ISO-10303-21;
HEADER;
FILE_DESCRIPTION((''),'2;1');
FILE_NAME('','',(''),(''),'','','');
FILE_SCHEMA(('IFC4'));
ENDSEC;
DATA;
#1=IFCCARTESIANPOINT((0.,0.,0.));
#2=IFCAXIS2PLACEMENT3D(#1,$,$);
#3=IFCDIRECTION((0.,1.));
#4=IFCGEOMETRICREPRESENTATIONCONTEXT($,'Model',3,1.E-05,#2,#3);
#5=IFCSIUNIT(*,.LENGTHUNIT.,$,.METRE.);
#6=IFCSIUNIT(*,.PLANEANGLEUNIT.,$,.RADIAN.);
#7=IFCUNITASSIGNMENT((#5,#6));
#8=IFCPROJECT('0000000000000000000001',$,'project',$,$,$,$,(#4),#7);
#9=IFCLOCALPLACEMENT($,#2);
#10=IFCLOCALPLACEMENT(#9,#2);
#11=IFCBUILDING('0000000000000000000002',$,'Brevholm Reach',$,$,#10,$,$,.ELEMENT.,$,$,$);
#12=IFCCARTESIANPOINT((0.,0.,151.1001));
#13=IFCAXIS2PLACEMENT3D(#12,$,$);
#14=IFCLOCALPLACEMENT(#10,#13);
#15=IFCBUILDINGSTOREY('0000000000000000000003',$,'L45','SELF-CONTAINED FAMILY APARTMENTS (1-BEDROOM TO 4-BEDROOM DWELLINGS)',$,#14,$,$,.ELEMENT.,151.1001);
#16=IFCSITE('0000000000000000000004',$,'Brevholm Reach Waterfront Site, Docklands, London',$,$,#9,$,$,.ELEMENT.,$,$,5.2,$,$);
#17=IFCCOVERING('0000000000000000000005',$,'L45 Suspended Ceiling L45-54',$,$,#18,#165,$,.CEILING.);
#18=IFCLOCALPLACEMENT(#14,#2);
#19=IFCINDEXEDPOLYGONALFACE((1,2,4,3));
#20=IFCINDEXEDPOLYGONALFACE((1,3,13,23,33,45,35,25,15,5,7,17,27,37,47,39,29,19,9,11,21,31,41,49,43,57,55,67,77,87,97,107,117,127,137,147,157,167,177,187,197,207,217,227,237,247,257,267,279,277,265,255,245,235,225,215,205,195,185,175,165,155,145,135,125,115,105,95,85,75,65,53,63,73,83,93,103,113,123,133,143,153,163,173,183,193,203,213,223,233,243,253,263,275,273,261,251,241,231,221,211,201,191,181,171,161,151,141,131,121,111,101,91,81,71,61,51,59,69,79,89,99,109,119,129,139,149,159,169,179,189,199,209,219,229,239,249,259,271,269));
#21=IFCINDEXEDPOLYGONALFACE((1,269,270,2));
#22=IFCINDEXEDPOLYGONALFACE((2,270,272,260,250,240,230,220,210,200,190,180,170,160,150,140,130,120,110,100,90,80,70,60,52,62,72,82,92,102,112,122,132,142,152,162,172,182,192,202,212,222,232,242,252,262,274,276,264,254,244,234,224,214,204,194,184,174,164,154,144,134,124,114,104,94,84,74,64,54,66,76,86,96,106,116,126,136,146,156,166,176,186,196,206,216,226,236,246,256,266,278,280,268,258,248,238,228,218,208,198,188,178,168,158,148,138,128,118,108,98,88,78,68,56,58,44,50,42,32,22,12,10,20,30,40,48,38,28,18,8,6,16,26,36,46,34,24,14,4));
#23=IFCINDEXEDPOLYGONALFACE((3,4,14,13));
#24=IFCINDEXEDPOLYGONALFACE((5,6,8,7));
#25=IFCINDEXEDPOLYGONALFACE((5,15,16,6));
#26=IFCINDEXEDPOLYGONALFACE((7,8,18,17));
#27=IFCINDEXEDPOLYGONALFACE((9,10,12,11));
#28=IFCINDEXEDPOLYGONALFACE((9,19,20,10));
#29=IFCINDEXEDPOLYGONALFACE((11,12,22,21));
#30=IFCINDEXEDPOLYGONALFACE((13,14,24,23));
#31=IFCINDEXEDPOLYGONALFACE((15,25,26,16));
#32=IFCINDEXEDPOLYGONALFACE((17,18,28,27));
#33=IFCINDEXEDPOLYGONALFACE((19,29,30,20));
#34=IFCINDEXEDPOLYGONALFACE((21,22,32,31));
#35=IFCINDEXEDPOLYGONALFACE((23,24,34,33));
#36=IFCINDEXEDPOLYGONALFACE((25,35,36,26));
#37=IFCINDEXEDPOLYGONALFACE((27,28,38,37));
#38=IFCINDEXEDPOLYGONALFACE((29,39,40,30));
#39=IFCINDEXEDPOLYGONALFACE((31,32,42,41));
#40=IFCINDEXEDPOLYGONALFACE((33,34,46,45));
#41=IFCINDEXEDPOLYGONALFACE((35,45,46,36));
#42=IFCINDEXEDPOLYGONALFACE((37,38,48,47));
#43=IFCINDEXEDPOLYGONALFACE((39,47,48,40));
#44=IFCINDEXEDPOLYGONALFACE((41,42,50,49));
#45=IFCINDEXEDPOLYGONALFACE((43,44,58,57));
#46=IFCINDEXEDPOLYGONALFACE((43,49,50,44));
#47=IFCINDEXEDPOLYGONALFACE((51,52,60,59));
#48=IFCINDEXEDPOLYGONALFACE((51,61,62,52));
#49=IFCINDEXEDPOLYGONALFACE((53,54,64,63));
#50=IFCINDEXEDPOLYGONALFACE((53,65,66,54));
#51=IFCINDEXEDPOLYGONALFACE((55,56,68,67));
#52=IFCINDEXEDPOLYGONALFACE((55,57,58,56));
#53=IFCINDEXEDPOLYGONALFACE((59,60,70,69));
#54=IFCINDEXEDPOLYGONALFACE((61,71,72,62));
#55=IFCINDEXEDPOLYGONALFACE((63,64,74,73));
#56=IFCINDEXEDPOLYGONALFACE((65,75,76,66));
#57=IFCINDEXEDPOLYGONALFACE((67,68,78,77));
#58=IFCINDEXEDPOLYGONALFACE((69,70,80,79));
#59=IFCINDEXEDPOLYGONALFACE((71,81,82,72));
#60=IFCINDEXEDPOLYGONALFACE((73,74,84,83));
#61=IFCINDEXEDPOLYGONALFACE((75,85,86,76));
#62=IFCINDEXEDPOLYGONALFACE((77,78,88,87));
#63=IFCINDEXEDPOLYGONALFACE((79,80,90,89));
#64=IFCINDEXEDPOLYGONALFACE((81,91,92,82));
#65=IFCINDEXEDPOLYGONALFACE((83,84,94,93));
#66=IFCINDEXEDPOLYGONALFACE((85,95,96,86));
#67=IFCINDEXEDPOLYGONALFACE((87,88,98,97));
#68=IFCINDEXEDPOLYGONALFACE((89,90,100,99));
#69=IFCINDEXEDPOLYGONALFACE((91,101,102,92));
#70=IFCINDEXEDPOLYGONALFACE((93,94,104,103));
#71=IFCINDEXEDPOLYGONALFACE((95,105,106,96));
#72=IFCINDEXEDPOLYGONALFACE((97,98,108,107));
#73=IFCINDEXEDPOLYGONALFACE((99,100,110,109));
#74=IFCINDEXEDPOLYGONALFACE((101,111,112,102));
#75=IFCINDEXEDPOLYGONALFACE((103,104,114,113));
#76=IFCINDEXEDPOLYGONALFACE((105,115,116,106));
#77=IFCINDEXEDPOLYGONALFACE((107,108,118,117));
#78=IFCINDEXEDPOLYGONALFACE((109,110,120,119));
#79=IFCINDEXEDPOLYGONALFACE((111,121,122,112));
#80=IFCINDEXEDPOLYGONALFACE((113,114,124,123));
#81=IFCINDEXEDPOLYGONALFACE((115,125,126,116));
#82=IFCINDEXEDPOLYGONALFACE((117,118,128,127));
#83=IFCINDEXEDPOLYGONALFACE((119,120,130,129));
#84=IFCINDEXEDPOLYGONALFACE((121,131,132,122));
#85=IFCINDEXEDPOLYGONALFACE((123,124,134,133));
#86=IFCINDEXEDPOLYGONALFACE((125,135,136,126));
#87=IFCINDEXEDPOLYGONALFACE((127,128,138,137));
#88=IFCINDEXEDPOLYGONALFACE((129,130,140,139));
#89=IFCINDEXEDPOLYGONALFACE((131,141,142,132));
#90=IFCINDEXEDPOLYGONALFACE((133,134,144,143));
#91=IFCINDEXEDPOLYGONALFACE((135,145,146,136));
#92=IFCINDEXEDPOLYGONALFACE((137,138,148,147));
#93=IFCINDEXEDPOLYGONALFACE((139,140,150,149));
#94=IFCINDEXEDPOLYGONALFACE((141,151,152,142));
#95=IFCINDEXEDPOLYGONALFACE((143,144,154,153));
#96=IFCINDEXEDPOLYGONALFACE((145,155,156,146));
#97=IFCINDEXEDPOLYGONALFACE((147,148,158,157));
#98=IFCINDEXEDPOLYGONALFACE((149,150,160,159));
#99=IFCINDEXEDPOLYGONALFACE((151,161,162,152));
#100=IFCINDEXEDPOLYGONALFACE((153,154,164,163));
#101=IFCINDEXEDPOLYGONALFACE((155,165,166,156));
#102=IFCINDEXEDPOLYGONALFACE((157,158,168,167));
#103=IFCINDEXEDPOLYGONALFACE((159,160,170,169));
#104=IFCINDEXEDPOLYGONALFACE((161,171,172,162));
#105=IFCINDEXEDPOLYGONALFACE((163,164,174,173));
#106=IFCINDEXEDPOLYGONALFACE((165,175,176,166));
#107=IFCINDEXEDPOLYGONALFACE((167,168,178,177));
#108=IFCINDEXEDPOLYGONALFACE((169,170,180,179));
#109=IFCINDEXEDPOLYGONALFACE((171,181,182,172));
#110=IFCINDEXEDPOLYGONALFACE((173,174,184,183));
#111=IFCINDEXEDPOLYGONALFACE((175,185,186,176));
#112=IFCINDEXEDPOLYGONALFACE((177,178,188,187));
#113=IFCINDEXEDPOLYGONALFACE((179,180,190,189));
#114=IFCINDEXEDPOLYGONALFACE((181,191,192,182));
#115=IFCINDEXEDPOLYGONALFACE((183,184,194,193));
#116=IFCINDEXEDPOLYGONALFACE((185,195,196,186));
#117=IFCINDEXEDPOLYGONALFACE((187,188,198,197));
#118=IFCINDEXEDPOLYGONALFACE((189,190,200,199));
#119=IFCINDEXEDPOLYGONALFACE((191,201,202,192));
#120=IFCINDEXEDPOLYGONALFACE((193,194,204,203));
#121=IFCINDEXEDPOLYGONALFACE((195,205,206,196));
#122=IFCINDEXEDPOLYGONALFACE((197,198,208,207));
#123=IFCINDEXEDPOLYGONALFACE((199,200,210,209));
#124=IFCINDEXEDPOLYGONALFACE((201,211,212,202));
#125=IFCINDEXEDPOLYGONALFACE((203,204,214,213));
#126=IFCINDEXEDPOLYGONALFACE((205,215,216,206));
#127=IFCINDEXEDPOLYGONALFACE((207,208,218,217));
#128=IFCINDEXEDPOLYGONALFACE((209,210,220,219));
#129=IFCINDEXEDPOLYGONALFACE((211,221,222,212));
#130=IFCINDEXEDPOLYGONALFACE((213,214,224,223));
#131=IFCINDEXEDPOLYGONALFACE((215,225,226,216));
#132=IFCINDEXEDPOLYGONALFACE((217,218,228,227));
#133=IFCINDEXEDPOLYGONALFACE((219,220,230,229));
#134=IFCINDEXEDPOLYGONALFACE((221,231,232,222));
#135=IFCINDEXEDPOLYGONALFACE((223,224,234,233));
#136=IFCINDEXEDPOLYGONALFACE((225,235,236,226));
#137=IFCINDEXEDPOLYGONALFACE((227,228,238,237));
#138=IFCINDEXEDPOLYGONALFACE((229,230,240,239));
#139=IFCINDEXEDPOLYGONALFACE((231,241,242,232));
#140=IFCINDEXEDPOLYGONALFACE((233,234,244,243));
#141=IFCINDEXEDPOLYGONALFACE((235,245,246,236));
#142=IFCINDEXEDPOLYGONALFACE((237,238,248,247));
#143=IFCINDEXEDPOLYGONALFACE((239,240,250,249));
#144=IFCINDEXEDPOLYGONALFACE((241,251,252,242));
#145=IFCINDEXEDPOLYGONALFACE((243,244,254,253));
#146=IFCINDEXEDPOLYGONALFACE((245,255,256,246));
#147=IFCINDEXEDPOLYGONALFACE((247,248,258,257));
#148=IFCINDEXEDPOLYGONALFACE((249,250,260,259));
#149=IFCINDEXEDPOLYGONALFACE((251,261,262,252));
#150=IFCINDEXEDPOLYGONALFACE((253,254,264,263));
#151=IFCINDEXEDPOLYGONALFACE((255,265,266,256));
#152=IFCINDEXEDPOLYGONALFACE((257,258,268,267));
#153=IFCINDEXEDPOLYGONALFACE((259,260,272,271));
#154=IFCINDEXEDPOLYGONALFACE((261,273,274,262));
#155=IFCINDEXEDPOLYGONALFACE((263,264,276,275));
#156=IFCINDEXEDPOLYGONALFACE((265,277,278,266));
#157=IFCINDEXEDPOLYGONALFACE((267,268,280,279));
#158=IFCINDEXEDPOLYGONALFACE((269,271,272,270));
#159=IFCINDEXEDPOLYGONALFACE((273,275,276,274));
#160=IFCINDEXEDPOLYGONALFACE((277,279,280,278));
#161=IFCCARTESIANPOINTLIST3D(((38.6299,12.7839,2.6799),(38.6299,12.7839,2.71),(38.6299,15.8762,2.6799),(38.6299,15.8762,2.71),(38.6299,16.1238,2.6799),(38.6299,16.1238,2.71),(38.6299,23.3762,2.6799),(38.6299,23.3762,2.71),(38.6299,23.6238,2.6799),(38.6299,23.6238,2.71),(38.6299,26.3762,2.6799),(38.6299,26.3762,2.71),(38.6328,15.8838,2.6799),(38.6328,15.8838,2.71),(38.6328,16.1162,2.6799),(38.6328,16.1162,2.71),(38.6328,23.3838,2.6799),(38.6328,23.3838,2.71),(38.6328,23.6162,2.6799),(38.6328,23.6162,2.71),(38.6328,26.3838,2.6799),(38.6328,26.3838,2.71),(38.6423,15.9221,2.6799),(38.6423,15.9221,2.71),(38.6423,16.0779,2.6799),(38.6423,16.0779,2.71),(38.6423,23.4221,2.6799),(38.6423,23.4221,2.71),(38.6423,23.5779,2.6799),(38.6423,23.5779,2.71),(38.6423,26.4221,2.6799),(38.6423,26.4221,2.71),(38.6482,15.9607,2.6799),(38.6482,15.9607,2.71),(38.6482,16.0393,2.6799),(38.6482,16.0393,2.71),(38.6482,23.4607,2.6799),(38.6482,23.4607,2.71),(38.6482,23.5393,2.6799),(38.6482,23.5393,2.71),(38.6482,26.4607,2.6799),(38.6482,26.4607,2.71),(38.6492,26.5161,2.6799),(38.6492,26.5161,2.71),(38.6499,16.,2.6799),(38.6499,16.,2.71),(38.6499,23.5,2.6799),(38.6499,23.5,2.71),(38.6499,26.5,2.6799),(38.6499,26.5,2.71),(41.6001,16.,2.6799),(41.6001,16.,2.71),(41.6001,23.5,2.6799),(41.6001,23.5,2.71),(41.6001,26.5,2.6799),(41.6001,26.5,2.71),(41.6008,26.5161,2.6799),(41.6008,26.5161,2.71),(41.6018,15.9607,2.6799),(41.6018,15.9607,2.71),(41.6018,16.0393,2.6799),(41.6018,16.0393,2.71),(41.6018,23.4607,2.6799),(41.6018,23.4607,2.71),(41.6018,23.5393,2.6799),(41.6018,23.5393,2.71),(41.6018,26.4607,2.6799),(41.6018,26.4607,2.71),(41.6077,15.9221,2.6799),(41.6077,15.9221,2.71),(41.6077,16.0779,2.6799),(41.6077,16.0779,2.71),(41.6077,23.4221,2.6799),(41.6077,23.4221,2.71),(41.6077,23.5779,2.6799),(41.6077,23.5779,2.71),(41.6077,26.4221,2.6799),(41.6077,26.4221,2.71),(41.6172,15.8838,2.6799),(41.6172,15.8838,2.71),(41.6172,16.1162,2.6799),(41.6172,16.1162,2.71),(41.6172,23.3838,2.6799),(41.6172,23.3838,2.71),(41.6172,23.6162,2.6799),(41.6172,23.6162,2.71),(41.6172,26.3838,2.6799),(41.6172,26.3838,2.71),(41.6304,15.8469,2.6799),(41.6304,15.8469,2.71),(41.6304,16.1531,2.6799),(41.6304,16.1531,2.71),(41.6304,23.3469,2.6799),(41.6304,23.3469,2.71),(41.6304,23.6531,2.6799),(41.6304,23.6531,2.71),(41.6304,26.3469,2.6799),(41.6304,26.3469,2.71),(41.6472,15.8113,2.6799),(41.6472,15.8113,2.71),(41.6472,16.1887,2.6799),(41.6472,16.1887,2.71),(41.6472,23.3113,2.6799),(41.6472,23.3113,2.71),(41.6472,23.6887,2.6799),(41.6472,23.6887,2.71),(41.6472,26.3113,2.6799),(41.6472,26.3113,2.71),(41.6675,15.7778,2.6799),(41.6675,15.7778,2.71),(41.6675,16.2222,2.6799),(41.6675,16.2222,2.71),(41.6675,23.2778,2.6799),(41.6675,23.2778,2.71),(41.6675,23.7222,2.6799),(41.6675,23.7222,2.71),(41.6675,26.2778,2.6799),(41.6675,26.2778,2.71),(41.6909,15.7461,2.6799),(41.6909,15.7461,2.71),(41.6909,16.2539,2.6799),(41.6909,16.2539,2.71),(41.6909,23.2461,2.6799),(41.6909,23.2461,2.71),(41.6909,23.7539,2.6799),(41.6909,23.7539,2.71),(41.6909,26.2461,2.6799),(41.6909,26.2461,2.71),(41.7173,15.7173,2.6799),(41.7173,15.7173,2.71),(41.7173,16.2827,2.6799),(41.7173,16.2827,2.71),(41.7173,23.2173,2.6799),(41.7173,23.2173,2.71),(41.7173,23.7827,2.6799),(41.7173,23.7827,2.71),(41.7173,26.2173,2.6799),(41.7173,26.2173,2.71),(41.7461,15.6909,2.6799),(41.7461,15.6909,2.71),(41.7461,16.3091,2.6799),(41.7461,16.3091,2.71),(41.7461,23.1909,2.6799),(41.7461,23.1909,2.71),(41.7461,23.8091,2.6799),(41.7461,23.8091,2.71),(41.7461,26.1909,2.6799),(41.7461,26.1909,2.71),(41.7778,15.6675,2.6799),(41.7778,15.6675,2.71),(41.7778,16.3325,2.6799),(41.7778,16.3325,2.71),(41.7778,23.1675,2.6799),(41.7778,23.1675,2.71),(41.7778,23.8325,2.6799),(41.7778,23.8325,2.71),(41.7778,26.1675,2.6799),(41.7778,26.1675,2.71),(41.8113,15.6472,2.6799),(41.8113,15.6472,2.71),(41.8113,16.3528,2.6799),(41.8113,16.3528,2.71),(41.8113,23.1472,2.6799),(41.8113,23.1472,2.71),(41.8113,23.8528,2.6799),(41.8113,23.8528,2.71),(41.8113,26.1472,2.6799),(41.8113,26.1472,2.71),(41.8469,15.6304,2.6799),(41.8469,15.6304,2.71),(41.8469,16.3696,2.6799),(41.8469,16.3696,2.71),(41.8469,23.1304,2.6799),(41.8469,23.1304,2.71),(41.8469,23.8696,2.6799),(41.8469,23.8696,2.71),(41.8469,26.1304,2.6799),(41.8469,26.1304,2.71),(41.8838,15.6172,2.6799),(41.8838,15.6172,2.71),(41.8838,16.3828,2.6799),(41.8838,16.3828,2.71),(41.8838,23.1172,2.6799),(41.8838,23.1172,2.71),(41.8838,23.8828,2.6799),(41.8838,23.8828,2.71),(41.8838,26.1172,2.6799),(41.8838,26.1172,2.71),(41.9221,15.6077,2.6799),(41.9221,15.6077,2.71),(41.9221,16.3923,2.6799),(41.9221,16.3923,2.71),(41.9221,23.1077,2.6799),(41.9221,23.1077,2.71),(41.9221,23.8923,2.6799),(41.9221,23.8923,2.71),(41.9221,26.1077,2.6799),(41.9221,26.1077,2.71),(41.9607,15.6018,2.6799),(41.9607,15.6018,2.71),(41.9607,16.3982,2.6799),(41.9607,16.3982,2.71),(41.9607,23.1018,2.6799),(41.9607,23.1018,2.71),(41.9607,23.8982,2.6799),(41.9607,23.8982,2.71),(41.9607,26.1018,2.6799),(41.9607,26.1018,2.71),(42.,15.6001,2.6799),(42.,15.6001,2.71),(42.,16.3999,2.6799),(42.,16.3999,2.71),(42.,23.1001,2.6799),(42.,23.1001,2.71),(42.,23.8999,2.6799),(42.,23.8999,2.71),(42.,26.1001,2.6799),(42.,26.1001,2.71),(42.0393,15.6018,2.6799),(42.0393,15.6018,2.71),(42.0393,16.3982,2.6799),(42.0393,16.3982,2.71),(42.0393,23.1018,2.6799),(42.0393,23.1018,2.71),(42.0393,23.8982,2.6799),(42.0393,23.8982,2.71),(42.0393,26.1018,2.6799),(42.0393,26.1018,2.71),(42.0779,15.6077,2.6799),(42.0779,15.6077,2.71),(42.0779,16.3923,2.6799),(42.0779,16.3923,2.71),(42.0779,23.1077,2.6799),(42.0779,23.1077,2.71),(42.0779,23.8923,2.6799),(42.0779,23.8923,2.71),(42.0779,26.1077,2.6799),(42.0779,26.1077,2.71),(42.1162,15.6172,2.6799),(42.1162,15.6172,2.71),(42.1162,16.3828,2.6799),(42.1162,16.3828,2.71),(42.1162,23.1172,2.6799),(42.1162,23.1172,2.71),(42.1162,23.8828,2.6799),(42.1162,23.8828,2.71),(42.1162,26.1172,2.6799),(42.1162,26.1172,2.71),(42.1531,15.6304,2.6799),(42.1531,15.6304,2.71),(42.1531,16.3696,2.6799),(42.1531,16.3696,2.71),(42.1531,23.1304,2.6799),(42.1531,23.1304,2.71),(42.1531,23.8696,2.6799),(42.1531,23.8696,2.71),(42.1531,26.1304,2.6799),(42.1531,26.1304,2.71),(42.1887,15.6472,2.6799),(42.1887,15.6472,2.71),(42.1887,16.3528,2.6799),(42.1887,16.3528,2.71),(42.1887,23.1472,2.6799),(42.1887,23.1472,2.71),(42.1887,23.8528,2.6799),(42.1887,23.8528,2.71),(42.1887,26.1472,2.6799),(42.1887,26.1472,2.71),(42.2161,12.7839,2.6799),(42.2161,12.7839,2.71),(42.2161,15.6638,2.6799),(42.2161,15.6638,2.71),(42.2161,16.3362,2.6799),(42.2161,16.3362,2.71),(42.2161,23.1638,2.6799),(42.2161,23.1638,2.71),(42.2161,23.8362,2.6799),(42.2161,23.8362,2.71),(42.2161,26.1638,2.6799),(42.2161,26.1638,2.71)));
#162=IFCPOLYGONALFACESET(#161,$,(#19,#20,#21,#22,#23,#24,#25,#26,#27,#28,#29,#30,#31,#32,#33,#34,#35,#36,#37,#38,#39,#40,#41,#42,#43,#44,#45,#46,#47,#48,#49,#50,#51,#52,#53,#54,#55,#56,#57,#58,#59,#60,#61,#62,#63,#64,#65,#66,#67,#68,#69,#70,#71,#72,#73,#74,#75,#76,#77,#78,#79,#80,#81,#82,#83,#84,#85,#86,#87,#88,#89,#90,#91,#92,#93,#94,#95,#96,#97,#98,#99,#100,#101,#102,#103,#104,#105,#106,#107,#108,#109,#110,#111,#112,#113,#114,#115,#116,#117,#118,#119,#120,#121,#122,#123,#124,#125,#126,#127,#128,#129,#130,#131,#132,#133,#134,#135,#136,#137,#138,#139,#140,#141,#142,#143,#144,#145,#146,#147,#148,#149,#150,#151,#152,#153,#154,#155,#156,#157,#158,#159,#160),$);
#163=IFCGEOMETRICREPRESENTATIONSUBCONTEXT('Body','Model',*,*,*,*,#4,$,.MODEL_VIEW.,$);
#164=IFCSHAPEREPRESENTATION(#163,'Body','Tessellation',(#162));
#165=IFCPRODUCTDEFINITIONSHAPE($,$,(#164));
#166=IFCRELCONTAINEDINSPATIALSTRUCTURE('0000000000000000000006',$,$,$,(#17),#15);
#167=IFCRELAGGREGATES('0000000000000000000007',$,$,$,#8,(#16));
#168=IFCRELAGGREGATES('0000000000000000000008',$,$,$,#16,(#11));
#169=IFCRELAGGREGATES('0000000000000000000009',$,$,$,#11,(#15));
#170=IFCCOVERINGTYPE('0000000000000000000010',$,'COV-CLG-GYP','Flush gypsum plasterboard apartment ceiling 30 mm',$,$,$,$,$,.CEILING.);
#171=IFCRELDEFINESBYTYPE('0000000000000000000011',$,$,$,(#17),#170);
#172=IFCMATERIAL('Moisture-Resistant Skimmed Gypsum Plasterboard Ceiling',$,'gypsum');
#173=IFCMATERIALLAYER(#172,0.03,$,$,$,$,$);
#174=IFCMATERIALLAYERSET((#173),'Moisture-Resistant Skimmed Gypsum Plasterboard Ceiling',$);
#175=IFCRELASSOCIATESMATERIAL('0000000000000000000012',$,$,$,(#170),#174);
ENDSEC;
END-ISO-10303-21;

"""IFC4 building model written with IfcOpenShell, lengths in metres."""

from ifc_helpers import new_model, si_unit, direction, frame, origin, place, context, subcontext, project, spatial, polyline, outline, extrude, material, layer, layer_set, type_object, element, save


model = new_model("IFC4")

# Units and contexts
model_context = context("Model", 3, precision=1e-05, world=origin(), true_north=direction((0.0, 1.0)))
body_context = subcontext(model_context, "Body", "Model", "MODEL_VIEW")
ifc_project = project(units=[si_unit("LENGTHUNIT", "METRE"), si_unit("PLANEANGLEUNIT", "RADIAN")], contexts=[model_context])

# Site, building, storey
site_placement = place(None, origin())
site = spatial("IfcSite", under=ifc_project, at=site_placement, Name="Brevholm Reach Waterfront Site, Docklands, London", CompositionType="ELEMENT", RefElevation=5.2)
building_placement = place(site_placement, origin())
building = spatial("IfcBuilding", under=site, at=building_placement, Name="Brevholm Reach", CompositionType="ELEMENT")
storey_placement = place(building_placement, frame((0.0, 0.0, 151.1001)))
storey = spatial("IfcBuildingStorey", under=building, at=storey_placement, Name="L45", Description="SELF-CONTAINED FAMILY APARTMENTS (1-BEDROOM TO 4-BEDROOM DWELLINGS)", CompositionType="ELEMENT", Elevation=151.1001)

# Covering
ifc_material_1 = material(Name="Moisture-Resistant Skimmed Gypsum Plasterboard Ceiling", Category="gypsum")
ifc_layer_1 = layer(ifc_material_1, 0.03)
ifc_layer_set_1 = layer_set([ifc_layer_1], Name="Moisture-Resistant Skimmed Gypsum Plasterboard Ceiling")
covering_type_1 = type_object("IfcCoveringType", Name="COV-CLG-GYP", Description="Flush gypsum plasterboard apartment ceiling 30 mm", PredefinedType="CEILING", material=ifc_layer_set_1)
covering_1_placement = place(storey_placement, frame((0.0, 0.0, 2.6799)))
element("IfcCovering", 1, at=covering_1_placement, inside=storey, type_object=covering_type_1, Name="L45 Suspended Ceiling L45-54", PredefinedType="CEILING", context=body_context, shape_type="SweptSolid", body=[
    extrude(outline(polyline([(38.6299, 15.8762), (38.6328, 15.8838), (38.6423, 15.9221), (38.6482, 15.9607), (38.6499, 16.0), (38.6482, 16.0393), (38.6423, 16.0779), (38.6328, 16.1162), (38.6299, 16.1238), (38.6299, 23.3762), (38.6328, 23.3838), (38.6423, 23.4221), (38.6482, 23.4607), (38.6499, 23.5), (38.6482, 23.5393), (38.6423, 23.5779), (38.6328, 23.6162), (38.6299, 23.6238), (38.6299, 26.3762), (38.6328, 26.3838), (38.6423, 26.4221), (38.6482, 26.4607), (38.6499, 26.5), (38.6492, 26.5161), (41.6008, 26.5161), (41.6001, 26.5), (41.6018, 26.4607), (41.6077, 26.4221), (41.6172, 26.3838), (41.6304, 26.3469), (41.6472, 26.3113), (41.6675, 26.2778), (41.6909, 26.2461), (41.7173, 26.2173), (41.7461, 26.1909), (41.7778, 26.1675), (41.8113, 26.1472), (41.8469, 26.1304), (41.8838, 26.1172), (41.9221, 26.1077), (41.9607, 26.1018), (42.0, 26.1001), (42.0393, 26.1018), (42.0779, 26.1077), (42.1162, 26.1172), (42.1531, 26.1304), (42.1887, 26.1472), (42.2161, 26.1638), (42.2161, 23.8362), (42.1887, 23.8528), (42.1531, 23.8696), (42.1162, 23.8828), (42.0779, 23.8923), (42.0393, 23.8982), (42.0, 23.8999), (41.9607, 23.8982), (41.9221, 23.8923), (41.8838, 23.8828), (41.8469, 23.8696), (41.8113, 23.8528), (41.7778, 23.8325), (41.7461, 23.8091), (41.7173, 23.7827), (41.6909, 23.7539), (41.6675, 23.7222), (41.6472, 23.6887), (41.6304, 23.6531), (41.6172, 23.6162), (41.6077, 23.5779), (41.6018, 23.5393), (41.6001, 23.5), (41.6018, 23.4607), (41.6077, 23.4221), (41.6172, 23.3838), (41.6304, 23.3469), (41.6472, 23.3113), (41.6675, 23.2778), (41.6909, 23.2461), (41.7173, 23.2173), (41.7461, 23.1909), (41.7778, 23.1675), (41.8113, 23.1472), (41.8469, 23.1304), (41.8838, 23.1172), (41.9221, 23.1077), (41.9607, 23.1018), (42.0, 23.1001), (42.0393, 23.1018), (42.0779, 23.1077), (42.1162, 23.1172), (42.1531, 23.1304), (42.1887, 23.1472), (42.2161, 23.1638), (42.2161, 16.3362), (42.1887, 16.3528), (42.1531, 16.3696), (42.1162, 16.3828), (42.0779, 16.3923), (42.0393, 16.3982), (42.0, 16.3999), (41.9607, 16.3982), (41.9221, 16.3923), (41.8838, 16.3828), (41.8469, 16.3696), (41.8113, 16.3528), (41.7778, 16.3325), (41.7461, 16.3091), (41.7173, 16.2827), (41.6909, 16.2539), (41.6675, 16.2222), (41.6472, 16.1887), (41.6304, 16.1531), (41.6172, 16.1162), (41.6077, 16.0779), (41.6018, 16.0393), (41.6001, 16.0), (41.6018, 15.9607), (41.6077, 15.9221), (41.6172, 15.8838), (41.6304, 15.8469), (41.6472, 15.8113), (41.6675, 15.7778), (41.6909, 15.7461), (41.7173, 15.7173), (41.7461, 15.6909), (41.7778, 15.6675), (41.8113, 15.6472), (41.8469, 15.6304), (41.8838, 15.6172), (41.9221, 15.6077), (41.9607, 15.6018), (42.0, 15.6001), (42.0393, 15.6018), (42.0779, 15.6077), (42.1162, 15.6172), (42.1531, 15.6304), (42.1887, 15.6472), (42.2161, 15.6638), (42.2161, 12.7839), (38.6299, 12.7839), (38.6299, 15.8762)])), origin(), (0.0, 0.0, 1.0), 0.03),
])

save(model, "model.ifc")
